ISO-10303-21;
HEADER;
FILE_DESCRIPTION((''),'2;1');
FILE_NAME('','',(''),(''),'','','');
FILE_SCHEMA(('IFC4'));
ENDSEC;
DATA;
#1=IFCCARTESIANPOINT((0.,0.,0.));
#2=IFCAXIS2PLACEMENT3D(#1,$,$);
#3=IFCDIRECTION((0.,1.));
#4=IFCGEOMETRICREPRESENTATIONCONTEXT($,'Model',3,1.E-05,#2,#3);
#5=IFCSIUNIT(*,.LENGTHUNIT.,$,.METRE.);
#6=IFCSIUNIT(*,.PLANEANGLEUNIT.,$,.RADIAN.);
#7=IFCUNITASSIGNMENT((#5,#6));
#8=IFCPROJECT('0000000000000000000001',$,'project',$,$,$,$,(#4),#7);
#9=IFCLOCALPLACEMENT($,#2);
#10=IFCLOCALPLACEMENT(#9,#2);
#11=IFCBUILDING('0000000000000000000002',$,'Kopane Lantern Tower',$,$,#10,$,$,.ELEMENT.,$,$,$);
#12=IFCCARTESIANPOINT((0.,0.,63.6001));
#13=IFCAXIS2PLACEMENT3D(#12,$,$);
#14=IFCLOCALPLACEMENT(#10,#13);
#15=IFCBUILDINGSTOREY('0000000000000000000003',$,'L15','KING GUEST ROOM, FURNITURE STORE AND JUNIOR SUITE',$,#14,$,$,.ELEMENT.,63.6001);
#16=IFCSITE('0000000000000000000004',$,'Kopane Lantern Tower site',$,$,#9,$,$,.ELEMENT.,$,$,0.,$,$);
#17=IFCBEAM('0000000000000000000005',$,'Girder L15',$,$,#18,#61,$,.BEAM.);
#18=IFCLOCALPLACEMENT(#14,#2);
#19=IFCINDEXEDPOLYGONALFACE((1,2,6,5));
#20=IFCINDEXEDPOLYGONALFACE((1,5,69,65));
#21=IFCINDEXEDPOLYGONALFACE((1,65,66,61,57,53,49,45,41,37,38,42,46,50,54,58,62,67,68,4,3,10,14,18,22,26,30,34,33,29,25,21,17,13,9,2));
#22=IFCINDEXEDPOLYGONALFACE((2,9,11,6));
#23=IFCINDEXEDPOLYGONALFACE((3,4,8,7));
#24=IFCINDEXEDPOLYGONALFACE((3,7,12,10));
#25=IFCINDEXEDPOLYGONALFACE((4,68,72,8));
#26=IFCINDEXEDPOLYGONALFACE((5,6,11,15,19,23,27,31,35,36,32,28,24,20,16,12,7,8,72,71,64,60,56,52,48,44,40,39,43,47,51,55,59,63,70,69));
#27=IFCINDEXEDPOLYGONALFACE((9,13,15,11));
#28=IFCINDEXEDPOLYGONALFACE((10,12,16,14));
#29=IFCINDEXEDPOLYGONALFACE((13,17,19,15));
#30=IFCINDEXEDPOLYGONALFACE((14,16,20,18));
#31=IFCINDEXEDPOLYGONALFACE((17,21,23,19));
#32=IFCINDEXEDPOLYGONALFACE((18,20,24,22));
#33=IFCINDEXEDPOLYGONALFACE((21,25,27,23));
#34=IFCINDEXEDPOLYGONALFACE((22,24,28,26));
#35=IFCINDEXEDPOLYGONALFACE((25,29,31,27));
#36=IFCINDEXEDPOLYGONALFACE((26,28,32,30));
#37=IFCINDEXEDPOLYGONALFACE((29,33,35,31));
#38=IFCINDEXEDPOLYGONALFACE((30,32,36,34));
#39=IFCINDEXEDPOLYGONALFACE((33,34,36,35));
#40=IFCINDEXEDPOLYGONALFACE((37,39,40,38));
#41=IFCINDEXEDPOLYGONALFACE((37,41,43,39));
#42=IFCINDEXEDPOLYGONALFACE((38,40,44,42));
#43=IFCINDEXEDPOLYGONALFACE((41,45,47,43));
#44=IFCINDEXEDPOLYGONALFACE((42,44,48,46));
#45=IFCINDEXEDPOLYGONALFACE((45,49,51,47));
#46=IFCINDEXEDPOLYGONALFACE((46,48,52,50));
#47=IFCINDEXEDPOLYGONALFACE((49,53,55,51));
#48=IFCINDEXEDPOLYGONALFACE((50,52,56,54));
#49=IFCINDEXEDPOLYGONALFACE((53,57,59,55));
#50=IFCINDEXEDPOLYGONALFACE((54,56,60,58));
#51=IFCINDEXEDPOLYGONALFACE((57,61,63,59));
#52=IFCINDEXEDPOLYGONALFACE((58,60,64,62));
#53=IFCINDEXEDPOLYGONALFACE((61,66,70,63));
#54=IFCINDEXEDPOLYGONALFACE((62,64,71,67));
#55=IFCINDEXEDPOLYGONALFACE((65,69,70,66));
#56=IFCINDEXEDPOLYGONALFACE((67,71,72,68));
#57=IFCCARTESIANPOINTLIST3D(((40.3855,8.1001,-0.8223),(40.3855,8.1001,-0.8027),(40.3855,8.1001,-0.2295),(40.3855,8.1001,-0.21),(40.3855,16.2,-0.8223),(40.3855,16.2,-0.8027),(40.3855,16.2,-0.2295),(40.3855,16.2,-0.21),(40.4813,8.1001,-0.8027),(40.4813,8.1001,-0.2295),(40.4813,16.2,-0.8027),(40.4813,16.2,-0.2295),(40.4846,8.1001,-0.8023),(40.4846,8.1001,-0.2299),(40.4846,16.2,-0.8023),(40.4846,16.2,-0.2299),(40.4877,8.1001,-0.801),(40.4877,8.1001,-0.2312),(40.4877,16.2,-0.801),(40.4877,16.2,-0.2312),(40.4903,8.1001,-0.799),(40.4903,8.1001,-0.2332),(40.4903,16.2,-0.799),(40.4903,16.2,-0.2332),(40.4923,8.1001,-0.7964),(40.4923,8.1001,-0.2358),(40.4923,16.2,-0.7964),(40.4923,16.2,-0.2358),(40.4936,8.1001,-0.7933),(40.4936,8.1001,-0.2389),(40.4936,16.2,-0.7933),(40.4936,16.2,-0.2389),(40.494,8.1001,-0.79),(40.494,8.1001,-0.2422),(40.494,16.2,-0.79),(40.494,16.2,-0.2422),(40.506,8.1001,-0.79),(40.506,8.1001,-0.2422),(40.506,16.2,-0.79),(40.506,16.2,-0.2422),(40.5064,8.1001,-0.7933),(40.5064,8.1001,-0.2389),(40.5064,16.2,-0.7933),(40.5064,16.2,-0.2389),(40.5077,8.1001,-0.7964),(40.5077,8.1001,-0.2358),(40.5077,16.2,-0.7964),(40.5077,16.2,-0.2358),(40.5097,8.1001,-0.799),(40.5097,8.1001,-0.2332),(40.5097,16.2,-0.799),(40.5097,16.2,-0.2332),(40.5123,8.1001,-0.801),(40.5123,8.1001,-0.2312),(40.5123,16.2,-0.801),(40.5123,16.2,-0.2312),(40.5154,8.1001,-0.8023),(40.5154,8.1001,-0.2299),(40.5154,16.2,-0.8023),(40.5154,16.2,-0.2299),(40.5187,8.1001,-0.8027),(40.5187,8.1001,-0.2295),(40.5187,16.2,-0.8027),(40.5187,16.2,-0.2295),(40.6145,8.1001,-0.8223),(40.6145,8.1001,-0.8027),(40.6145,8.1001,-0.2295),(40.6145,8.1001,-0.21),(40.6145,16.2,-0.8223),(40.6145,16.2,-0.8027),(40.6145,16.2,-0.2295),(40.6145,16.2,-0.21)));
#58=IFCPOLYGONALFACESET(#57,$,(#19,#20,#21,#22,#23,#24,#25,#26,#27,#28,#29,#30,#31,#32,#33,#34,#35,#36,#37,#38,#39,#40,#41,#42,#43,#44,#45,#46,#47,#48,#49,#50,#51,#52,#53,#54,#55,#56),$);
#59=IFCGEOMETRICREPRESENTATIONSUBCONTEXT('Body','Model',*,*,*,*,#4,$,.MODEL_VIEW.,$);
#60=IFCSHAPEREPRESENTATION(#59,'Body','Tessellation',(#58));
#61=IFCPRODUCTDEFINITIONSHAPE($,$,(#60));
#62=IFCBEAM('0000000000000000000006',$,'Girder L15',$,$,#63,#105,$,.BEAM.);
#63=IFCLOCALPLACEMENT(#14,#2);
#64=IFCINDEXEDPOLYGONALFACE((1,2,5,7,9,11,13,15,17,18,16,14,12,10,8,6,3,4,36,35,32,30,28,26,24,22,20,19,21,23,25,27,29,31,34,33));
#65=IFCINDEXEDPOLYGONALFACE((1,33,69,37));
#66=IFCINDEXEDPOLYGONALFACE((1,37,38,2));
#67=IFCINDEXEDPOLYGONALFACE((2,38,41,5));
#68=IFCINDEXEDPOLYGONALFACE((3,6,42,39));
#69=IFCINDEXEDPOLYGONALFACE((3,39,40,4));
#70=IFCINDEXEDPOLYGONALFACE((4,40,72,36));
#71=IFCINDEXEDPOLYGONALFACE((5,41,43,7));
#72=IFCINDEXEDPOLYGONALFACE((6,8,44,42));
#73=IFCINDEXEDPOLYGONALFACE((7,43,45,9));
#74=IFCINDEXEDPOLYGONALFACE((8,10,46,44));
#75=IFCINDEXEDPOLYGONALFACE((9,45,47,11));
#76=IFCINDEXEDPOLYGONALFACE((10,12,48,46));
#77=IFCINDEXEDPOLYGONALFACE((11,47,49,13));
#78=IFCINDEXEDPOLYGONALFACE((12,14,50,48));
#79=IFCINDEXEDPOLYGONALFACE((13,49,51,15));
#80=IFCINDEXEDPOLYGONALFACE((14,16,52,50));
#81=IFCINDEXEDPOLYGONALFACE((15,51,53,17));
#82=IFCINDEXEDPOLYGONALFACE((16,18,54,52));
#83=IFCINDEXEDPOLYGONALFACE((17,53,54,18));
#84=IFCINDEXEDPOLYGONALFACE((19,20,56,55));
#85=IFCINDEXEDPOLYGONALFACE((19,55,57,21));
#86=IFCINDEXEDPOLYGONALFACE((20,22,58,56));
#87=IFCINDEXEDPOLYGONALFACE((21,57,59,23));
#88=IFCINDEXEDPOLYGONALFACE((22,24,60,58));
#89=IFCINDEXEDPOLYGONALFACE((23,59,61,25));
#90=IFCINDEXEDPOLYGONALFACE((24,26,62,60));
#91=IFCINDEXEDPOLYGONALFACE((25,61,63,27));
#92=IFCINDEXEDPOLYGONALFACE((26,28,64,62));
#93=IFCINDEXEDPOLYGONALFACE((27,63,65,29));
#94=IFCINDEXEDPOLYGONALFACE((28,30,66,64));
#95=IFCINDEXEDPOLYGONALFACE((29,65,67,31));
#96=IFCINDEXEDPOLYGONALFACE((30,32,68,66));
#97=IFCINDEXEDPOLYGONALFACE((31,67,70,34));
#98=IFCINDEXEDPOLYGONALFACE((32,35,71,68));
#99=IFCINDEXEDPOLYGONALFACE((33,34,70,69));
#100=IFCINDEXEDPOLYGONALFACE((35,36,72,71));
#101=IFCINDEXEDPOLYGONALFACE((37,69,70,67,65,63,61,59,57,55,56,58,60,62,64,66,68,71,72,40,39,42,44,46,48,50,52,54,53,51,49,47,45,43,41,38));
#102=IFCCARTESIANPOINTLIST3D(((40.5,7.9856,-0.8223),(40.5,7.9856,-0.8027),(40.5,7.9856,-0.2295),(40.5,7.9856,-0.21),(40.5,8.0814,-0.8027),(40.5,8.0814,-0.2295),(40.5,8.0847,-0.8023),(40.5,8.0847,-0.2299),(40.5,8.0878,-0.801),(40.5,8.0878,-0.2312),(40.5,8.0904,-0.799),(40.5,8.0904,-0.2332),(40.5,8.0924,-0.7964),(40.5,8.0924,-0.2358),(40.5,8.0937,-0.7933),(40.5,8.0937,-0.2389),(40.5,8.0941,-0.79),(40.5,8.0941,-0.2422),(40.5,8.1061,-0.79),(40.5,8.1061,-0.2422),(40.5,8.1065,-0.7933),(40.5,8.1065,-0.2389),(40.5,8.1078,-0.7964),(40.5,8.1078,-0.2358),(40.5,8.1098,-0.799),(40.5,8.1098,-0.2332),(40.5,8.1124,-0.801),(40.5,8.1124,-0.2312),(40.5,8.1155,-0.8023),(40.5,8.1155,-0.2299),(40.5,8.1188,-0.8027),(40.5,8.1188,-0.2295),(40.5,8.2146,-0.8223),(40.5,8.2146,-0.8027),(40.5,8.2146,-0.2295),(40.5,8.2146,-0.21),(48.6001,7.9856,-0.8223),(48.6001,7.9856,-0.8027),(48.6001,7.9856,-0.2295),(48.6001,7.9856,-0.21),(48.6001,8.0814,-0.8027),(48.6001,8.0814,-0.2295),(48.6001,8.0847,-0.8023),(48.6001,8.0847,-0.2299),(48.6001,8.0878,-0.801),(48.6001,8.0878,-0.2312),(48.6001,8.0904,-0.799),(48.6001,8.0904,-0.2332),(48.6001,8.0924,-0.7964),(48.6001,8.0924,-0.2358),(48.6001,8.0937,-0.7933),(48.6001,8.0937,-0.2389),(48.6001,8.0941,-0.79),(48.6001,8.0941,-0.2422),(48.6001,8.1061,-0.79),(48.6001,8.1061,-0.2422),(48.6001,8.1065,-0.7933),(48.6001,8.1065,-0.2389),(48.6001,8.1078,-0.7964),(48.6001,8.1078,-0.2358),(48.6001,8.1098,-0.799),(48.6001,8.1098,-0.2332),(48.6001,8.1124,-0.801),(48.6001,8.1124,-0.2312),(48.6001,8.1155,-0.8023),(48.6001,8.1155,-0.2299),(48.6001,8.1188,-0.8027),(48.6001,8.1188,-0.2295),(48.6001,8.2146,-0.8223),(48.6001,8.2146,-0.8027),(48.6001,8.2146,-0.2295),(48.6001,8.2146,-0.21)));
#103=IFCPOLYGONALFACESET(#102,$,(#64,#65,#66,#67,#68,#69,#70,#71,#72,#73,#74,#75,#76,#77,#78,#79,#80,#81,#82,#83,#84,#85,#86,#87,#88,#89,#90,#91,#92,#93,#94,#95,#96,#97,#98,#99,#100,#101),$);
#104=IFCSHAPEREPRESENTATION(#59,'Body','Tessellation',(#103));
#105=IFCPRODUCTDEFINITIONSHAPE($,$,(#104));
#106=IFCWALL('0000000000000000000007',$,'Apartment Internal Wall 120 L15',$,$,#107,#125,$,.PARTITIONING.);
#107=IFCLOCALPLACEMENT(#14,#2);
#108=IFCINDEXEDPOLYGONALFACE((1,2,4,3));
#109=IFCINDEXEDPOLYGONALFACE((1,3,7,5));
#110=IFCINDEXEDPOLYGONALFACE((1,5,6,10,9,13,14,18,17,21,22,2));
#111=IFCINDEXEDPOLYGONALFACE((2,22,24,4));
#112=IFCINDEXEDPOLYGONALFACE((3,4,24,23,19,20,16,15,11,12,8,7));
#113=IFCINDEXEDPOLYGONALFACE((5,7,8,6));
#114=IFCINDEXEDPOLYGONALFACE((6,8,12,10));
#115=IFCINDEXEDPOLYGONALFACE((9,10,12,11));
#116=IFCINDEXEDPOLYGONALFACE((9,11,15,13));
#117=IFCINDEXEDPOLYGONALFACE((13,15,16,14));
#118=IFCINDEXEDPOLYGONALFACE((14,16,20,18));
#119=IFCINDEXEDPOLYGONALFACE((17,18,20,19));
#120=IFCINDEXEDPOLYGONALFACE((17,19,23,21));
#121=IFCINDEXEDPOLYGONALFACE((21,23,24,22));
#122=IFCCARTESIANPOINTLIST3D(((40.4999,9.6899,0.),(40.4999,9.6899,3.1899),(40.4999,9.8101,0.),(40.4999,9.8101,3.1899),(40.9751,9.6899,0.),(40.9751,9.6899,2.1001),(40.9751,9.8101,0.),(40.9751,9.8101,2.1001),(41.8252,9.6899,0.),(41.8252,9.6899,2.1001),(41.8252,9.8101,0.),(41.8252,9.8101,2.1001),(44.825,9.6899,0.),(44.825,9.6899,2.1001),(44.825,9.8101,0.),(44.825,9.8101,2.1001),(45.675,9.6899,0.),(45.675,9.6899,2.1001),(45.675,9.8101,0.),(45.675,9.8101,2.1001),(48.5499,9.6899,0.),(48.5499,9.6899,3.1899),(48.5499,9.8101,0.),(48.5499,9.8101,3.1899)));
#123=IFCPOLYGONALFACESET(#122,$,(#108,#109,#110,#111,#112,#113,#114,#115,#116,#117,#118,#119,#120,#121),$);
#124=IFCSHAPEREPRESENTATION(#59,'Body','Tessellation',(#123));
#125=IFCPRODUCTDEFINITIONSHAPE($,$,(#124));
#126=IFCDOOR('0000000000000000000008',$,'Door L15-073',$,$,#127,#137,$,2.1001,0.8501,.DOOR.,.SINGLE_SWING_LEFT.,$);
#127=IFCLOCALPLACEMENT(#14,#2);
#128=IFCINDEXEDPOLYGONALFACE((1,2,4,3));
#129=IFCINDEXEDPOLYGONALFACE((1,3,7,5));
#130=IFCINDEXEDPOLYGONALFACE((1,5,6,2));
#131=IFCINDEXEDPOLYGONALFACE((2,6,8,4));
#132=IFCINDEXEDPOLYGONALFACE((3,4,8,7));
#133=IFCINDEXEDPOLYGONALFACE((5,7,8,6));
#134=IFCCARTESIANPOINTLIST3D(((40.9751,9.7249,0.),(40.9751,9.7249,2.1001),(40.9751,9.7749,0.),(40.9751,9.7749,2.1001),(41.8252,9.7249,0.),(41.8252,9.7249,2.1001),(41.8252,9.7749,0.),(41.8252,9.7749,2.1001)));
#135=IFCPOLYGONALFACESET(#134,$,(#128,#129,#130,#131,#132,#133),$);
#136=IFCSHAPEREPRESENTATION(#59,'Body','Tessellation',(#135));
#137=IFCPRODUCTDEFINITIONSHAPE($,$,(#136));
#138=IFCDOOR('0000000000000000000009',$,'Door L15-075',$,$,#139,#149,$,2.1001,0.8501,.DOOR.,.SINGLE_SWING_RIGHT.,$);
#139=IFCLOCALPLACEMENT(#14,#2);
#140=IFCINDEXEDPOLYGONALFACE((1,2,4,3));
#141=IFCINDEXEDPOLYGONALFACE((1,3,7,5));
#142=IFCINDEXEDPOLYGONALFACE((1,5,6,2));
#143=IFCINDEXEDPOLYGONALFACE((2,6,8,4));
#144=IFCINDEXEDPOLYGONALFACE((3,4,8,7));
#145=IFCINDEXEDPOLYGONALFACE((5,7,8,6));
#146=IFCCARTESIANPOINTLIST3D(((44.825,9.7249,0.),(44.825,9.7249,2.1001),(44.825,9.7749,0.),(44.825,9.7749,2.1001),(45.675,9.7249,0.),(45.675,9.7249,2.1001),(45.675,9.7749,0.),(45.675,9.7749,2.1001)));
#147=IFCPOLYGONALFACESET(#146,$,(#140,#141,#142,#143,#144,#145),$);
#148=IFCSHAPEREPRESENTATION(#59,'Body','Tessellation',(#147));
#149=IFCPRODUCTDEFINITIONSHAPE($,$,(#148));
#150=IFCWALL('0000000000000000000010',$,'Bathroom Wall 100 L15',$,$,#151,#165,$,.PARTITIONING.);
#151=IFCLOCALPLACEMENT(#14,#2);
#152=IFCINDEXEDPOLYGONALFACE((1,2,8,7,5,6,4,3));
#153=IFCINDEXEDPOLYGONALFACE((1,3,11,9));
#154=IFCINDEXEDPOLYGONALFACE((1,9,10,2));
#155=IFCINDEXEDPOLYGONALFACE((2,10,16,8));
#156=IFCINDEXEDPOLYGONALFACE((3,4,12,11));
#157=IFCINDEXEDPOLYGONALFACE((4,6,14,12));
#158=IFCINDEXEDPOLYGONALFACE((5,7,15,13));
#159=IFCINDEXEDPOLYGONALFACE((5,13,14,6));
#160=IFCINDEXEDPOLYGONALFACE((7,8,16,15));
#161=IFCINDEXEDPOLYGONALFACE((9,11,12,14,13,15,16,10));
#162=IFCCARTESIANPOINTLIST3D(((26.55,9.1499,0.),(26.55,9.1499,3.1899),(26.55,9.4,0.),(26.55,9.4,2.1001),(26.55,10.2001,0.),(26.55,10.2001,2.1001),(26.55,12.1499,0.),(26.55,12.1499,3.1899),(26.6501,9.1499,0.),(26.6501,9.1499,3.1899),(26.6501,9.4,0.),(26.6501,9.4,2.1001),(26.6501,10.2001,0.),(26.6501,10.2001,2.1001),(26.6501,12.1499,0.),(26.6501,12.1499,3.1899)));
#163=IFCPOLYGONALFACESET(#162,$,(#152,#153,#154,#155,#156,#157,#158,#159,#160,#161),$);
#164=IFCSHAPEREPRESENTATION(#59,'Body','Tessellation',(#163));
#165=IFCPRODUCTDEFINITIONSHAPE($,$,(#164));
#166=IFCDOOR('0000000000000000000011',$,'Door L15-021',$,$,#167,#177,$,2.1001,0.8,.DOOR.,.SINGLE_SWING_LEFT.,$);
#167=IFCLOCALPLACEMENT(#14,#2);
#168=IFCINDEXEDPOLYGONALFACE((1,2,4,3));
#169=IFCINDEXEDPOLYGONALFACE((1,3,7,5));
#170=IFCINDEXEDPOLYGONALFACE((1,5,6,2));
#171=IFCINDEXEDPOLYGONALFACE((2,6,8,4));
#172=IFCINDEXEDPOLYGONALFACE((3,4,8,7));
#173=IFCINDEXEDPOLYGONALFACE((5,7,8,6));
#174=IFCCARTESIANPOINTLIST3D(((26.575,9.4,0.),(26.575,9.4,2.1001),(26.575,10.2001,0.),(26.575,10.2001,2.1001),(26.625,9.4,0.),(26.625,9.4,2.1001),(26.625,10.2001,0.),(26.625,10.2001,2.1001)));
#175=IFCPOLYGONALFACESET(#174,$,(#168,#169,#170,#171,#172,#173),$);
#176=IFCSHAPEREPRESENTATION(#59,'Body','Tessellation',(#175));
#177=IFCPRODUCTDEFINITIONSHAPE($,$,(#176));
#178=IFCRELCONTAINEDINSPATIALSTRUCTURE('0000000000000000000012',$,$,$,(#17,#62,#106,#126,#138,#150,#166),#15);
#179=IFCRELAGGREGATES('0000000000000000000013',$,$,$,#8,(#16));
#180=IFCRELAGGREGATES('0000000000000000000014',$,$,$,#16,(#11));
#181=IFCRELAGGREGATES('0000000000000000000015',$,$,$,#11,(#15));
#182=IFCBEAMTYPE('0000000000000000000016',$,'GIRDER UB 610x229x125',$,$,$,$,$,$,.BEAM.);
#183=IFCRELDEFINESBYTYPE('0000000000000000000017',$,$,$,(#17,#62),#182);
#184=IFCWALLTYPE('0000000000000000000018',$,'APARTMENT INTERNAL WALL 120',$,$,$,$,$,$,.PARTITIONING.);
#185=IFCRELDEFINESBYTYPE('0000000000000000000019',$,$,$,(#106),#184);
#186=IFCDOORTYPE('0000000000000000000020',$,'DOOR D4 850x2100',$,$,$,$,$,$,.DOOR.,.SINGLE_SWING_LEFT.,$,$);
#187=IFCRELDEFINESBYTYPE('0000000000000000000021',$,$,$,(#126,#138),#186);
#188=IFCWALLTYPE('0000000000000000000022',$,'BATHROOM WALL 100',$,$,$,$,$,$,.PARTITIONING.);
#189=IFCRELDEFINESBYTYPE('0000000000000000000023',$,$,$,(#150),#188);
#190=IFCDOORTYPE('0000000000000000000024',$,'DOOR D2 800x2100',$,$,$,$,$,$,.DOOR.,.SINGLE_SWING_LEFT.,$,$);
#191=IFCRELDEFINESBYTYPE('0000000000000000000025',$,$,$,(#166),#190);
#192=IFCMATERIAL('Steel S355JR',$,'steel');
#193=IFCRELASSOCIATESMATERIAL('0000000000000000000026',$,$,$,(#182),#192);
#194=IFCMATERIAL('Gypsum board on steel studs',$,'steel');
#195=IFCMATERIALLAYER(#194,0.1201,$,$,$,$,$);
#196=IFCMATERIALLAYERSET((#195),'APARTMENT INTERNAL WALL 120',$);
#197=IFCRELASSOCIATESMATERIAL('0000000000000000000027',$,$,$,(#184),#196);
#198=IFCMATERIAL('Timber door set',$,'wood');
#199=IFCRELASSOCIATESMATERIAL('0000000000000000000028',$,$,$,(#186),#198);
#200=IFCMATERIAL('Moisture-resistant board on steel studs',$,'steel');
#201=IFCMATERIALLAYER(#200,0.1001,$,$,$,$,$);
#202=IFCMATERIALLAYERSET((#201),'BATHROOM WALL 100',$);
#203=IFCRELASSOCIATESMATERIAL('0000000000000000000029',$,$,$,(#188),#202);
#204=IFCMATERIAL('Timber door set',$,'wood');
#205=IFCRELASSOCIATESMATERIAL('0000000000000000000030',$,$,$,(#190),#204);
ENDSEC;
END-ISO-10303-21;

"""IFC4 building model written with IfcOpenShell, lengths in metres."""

from ifc_helpers import new_model, si_unit, direction, frame, frame_2d, origin, origin_2d, place, context, subcontext, project, spatial, rectangle, i_section, extrude, material, layer, layer_set, material_profile, profile_set, type_object, element, fill, save


model = new_model("IFC4")

# Units and contexts
model_context = context("Model", 3, precision=1e-05, world=origin(), true_north=direction((0.0, 1.0)))
body_context = subcontext(model_context, "Body", "Model", "MODEL_VIEW")
ifc_project = project(units=[si_unit("LENGTHUNIT", "METRE"), si_unit("PLANEANGLEUNIT", "RADIAN")], contexts=[model_context])

# Site, building, storey
site_placement = place(None, origin())
site = spatial("IfcSite", under=ifc_project, at=site_placement, Name="Kopane Lantern Tower site", CompositionType="ELEMENT", RefElevation=0.0)
building_placement = place(site_placement, origin())
building = spatial("IfcBuilding", under=site, at=building_placement, Name="Kopane Lantern Tower", CompositionType="ELEMENT")
storey_placement = place(building_placement, frame((0.0, 0.0, 63.6001)))
storey = spatial("IfcBuildingStorey", under=building, at=storey_placement, Name="L15", Description="KING GUEST ROOM, FURNITURE STORE AND JUNIOR SUITE", CompositionType="ELEMENT", Elevation=63.6001)

# Beams
ifc_material_1 = material(Name="Steel S355JR", Category="steel")
ifc_material_profile_1 = material_profile(ifc_material_1, i_section(OverallWidth=0.229, OverallDepth=0.6123, WebThickness=0.012, FlangeThickness=0.0195, FilletRadius=0.0127, at=origin_2d()), Name="UB 610x229x125")
ifc_profile_set_1 = profile_set([ifc_material_profile_1], Name="Steel S355JR")
beam_type = type_object("IfcBeamType", Name="GIRDER UB 610x229x125", PredefinedType="BEAM", material=ifc_profile_set_1)
beam_1_placement = place(storey_placement, frame((40.5, 8.1001, -0.5161), z_axis=(0.0, 1.0, 0.0), x_axis=(-1.0, 0.0, 0.0)))
element("IfcBeam", 1, at=beam_1_placement, inside=storey, type_object=beam_type, Name="Girder L15", PredefinedType="BEAM", context=body_context, shape_type="SweptSolid", body=[
    extrude(i_section(OverallWidth=0.229, OverallDepth=0.6123, WebThickness=0.012, FlangeThickness=0.0195, FilletRadius=0.0127, at=origin_2d()), origin(), (0.0, 0.0, 1.0), 8.0999),
])
beam_2_placement = place(storey_placement, frame((40.5, 8.1001, -0.5161), z_axis=(1.0, 0.0, 0.0), x_axis=(0.0, 1.0, 0.0)))
element("IfcBeam", 2, at=beam_2_placement, inside=storey, type_object=beam_type, Name="Girder L15", PredefinedType="BEAM", context=body_context, shape_type="SweptSolid", body=[
    extrude(i_section(OverallWidth=0.229, OverallDepth=0.6123, WebThickness=0.012, FlangeThickness=0.0195, FilletRadius=0.0127, at=origin_2d()), origin(), (0.0, 0.0, 1.0), 8.1001),
])

# Wall, openings, doors
ifc_material_2 = material(Name="Gypsum board on steel studs", Category="steel")
ifc_layer_1 = layer(ifc_material_2, 0.1201)
ifc_layer_set_1 = layer_set([ifc_layer_1], Name="APARTMENT INTERNAL WALL 120")
wall_type_1 = type_object("IfcWallType", Name="APARTMENT INTERNAL WALL 120", PredefinedType="PARTITIONING", material=ifc_layer_set_1)
wall_1_placement = place(storey_placement, frame((40.5, 9.75, 0.0), z_axis=(0.0, 0.0, 1.0), x_axis=(1.0, 0.0, 0.0)))
wall_1 = element("IfcWall", 3, at=wall_1_placement, inside=storey, type_object=wall_type_1, Name="Apartment Internal Wall 120 L15", PredefinedType="PARTITIONING", context=body_context, shape_type="SweptSolid", body=[
    extrude(rectangle(XDim=8.05, YDim=0.1201, at=frame_2d((4.0249, 0.0))), origin(), (0.0, 0.0, 1.0), 3.1899),
])
opening_1_placement = place(wall_1_placement, frame((0.4751, 0.0, 0.0)))
opening_1 = element("IfcOpeningElement", 4, at=opening_1_placement, cuts=wall_1, PredefinedType="OPENING", context=body_context, shape_type="SweptSolid", body=[
    extrude(rectangle(XDim=0.8501, YDim=2.1001, at=frame_2d((0.425, 1.05))), frame((0.0, 0.0701, 0.0), z_axis=(0.0, -1.0, 0.0), x_axis=(1.0, 0.0, 0.0)), (0.0, 0.0, 1.0), 0.1401),
])
opening_2_placement = place(wall_1_placement, frame((4.325, 0.0, 0.0)))
opening_2 = element("IfcOpeningElement", 5, at=opening_2_placement, cuts=wall_1, PredefinedType="OPENING", context=body_context, shape_type="SweptSolid", body=[
    extrude(rectangle(XDim=0.8501, YDim=2.1001, at=frame_2d((0.425, 1.05))), frame((0.0, 0.0701, 0.0), z_axis=(0.0, -1.0, 0.0), x_axis=(1.0, 0.0, 0.0)), (0.0, 0.0, 1.0), 0.1401),
])
ifc_material_3 = material(Name="Timber door set", Category="wood")
door_type_1 = type_object("IfcDoorType", Name="DOOR D4 850x2100", OperationType="SINGLE_SWING_LEFT", PredefinedType="DOOR", material=ifc_material_3)
door_1_placement = place(opening_1_placement, origin())
door_1 = element("IfcDoor", 6, at=door_1_placement, inside=storey, type_object=door_type_1, Name="Door L15-073", OperationType="SINGLE_SWING_LEFT", OverallHeight=2.1001, OverallWidth=0.8501, PredefinedType="DOOR", context=body_context, shape_type="SweptSolid", body=[
    extrude(rectangle(XDim=0.8501, YDim=2.1001, at=frame_2d((0.425, 1.05))), frame((0.0, 0.0249, 0.0), z_axis=(0.0, -1.0, 0.0), x_axis=(1.0, 0.0, 0.0)), (0.0, 0.0, 1.0), 0.05),
])
fill(opening_1, door_1)
door_2_placement = place(opening_2_placement, origin())
door_2 = element("IfcDoor", 7, at=door_2_placement, inside=storey, type_object=door_type_1, Name="Door L15-075", OperationType="SINGLE_SWING_RIGHT", OverallHeight=2.1001, OverallWidth=0.8501, PredefinedType="DOOR", context=body_context, shape_type="SweptSolid", body=[
    extrude(rectangle(XDim=0.8501, YDim=2.1001, at=frame_2d((0.425, 1.05))), frame((0.0, 0.0249, 0.0), z_axis=(0.0, -1.0, 0.0), x_axis=(1.0, 0.0, 0.0)), (0.0, 0.0, 1.0), 0.05),
])
fill(opening_2, door_2)

# Wall, opening, door
ifc_material_4 = material(Name="Moisture-resistant board on steel studs", Category="steel")
ifc_layer_2 = layer(ifc_material_4, 0.1001)
ifc_layer_set_2 = layer_set([ifc_layer_2], Name="BATHROOM WALL 100")
wall_type_2 = type_object("IfcWallType", Name="BATHROOM WALL 100", PredefinedType="PARTITIONING", material=ifc_layer_set_2)
wall_2_placement = place(storey_placement, frame((26.6001, 12.1499, 0.0), z_axis=(0.0, 0.0, 1.0), x_axis=(0.0, -1.0, 0.0)))
wall_2 = element("IfcWall", 8, at=wall_2_placement, inside=storey, type_object=wall_type_2, Name="Bathroom Wall 100 L15", PredefinedType="PARTITIONING", context=body_context, shape_type="SweptSolid", body=[
    extrude(rectangle(XDim=3.0, YDim=0.1001, at=frame_2d((1.5, 0.0))), origin(), (0.0, 0.0, 1.0), 3.1899),
])
opening_3_placement = place(wall_2_placement, frame((1.95, 0.0, 0.0)))
opening_3 = element("IfcOpeningElement", 9, at=opening_3_placement, cuts=wall_2, PredefinedType="OPENING", context=body_context, shape_type="SweptSolid", body=[
    extrude(rectangle(XDim=0.8, YDim=2.1001, at=frame_2d((0.3999, 1.05))), frame((0.0, 0.0601, 0.0), z_axis=(0.0, -1.0, 0.0), x_axis=(1.0, 0.0, 0.0)), (0.0, 0.0, 1.0), 0.1201),
])
ifc_material_5 = material(Name="Timber door set", Category="wood")
door_type_2 = type_object("IfcDoorType", Name="DOOR D2 800x2100", OperationType="SINGLE_SWING_LEFT", PredefinedType="DOOR", material=ifc_material_5)
door_3_placement = place(opening_3_placement, origin())
door_3 = element("IfcDoor", 10, at=door_3_placement, inside=storey, type_object=door_type_2, Name="Door L15-021", OperationType="SINGLE_SWING_LEFT", OverallHeight=2.1001, OverallWidth=0.8, PredefinedType="DOOR", context=body_context, shape_type="SweptSolid", body=[
    extrude(rectangle(XDim=0.8, YDim=2.1001, at=frame_2d((0.3999, 1.05))), frame((0.0, 0.0249, 0.0), z_axis=(0.0, -1.0, 0.0), x_axis=(1.0, 0.0, 0.0)), (0.0, 0.0, 1.0), 0.05),
])
fill(opening_3, door_3)

save(model, "model.ifc")
